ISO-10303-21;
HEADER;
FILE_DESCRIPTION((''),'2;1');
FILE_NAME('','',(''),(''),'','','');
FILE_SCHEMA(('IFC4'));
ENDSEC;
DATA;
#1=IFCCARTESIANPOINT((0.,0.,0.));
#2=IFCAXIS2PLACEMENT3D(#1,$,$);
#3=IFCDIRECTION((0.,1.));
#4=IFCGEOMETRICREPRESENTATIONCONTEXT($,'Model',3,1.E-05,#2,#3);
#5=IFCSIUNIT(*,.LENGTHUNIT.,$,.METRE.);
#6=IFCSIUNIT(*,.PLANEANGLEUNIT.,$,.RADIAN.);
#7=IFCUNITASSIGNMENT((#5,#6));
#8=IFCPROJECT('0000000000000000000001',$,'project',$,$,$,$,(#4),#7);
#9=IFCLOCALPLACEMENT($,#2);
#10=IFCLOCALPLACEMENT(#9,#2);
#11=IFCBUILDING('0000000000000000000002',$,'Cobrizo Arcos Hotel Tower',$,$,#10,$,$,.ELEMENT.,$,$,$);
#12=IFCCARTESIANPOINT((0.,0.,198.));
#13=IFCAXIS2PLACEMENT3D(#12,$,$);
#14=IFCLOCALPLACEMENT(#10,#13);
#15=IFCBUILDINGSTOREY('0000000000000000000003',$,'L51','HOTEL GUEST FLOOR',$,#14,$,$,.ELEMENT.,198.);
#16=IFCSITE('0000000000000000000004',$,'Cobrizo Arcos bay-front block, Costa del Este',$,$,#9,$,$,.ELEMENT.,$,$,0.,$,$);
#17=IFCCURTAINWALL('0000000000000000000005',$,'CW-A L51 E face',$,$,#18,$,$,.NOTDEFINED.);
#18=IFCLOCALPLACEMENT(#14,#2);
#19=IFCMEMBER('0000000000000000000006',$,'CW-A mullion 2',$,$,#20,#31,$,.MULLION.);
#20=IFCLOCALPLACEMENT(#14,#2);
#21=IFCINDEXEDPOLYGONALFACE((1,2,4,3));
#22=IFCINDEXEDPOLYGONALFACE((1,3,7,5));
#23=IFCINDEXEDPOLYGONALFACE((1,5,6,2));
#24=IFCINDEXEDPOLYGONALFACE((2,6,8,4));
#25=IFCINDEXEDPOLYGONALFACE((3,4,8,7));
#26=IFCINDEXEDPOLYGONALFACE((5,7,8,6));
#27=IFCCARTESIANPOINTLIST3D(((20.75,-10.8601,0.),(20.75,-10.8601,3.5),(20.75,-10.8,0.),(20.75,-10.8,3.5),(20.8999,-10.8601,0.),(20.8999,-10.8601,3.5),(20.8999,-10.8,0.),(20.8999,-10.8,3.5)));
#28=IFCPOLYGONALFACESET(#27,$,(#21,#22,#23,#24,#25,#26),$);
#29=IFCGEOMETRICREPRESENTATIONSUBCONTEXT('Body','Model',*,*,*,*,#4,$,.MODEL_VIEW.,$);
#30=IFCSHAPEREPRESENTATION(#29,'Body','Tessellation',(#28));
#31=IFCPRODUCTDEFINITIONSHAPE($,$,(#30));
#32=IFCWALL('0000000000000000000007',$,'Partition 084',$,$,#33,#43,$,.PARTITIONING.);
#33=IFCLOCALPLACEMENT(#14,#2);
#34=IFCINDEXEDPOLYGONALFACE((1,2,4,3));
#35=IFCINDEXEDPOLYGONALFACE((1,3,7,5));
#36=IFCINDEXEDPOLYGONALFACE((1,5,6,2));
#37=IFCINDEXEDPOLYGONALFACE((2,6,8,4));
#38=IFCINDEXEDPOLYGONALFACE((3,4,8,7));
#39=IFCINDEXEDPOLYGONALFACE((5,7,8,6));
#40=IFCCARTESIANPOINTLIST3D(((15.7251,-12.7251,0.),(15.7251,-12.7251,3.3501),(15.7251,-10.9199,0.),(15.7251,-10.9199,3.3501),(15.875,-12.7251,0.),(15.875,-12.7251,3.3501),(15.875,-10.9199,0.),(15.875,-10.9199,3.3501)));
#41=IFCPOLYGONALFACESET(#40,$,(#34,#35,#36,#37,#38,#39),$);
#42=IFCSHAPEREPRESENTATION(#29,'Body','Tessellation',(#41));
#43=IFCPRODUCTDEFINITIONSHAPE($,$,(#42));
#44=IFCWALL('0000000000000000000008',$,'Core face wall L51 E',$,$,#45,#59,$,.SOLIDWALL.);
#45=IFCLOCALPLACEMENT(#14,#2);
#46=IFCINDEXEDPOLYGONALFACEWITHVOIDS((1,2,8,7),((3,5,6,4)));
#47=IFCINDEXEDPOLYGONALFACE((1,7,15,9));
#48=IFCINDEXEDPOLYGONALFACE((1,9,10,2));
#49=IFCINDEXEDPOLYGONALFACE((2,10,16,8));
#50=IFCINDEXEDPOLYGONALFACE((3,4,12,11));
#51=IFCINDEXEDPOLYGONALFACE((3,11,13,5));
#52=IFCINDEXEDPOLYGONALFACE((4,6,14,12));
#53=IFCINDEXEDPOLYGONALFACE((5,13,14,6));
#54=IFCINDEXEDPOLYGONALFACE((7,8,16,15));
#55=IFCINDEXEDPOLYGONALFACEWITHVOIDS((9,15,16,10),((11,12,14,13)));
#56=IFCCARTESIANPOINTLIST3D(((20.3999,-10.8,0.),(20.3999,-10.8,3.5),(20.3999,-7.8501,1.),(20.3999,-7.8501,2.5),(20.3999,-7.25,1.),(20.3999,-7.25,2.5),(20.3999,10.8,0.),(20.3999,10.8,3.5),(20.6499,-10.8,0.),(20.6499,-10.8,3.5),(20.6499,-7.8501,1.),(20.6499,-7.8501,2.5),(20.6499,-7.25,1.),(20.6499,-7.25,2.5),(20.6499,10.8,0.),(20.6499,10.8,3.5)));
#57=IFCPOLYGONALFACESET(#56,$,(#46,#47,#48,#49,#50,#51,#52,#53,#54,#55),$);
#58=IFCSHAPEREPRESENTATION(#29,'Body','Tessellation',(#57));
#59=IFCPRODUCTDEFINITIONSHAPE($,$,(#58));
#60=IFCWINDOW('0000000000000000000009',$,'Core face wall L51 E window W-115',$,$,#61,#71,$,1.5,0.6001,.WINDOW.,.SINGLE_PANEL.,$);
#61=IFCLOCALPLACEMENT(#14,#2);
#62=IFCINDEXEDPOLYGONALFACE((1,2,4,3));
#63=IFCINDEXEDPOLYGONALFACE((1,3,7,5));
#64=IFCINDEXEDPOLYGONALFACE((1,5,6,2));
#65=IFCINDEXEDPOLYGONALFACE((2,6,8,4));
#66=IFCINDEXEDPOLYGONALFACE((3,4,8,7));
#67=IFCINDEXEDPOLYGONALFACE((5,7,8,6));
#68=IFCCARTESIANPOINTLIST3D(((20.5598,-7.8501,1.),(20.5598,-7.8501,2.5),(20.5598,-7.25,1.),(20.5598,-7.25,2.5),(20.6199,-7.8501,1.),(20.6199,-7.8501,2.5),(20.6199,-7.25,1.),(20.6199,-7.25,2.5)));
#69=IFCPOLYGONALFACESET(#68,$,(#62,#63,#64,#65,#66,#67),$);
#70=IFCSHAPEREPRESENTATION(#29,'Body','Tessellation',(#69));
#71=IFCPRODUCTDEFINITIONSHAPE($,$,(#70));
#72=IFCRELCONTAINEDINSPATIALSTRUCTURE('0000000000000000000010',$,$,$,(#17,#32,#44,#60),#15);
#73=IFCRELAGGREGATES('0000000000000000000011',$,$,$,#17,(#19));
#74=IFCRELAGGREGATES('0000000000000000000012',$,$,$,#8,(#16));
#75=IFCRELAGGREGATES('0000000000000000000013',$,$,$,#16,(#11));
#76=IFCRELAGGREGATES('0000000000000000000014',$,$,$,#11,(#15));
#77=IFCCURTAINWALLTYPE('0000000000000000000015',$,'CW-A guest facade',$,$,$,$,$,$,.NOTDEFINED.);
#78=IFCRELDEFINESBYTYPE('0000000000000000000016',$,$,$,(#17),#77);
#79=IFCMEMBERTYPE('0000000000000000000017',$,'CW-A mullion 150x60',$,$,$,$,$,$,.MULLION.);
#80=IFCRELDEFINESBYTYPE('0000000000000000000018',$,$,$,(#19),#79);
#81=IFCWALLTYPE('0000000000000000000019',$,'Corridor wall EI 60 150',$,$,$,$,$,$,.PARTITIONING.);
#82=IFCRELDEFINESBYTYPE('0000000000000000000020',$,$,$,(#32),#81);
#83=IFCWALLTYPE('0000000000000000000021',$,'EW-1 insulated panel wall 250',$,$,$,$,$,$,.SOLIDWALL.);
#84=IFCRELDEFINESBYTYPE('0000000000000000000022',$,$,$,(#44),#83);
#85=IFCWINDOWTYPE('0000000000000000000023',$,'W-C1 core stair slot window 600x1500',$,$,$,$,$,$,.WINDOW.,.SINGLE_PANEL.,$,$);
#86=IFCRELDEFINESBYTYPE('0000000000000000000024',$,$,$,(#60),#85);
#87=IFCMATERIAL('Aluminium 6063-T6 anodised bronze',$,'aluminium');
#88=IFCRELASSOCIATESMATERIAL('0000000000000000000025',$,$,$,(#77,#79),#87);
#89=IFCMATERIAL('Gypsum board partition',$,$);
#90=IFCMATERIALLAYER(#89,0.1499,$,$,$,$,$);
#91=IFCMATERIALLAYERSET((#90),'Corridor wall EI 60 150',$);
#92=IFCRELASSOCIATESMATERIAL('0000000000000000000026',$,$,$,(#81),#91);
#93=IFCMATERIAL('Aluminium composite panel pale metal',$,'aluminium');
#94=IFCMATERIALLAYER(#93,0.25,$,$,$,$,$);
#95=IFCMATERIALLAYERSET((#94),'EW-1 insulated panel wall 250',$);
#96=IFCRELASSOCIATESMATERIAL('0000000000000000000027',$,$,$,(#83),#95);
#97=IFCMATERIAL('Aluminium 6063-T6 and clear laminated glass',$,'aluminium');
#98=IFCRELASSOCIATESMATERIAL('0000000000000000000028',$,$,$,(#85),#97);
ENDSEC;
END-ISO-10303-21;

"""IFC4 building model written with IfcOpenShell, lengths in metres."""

from ifc_helpers import new_model, si_unit, direction, frame, frame_2d, origin, origin_2d, place, context, subcontext, project, spatial, rectangle, extrude, material, layer, layer_set, material_profile, profile_set, type_object, element, fill, aggregate, save


model = new_model("IFC4")

# Units and contexts
model_context = context("Model", 3, precision=1e-05, world=origin(), true_north=direction((0.0, 1.0)))
body_context = subcontext(model_context, "Body", "Model", "MODEL_VIEW")
ifc_project = project(units=[si_unit("LENGTHUNIT", "METRE"), si_unit("PLANEANGLEUNIT", "RADIAN")], contexts=[model_context])

# Site, building, storey
site_placement = place(None, origin())
site = spatial("IfcSite", under=ifc_project, at=site_placement, Name="Cobrizo Arcos bay-front block, Costa del Este", CompositionType="ELEMENT", RefElevation=0.0)
building_placement = place(site_placement, origin())
building = spatial("IfcBuilding", under=site, at=building_placement, Name="Cobrizo Arcos Hotel Tower", CompositionType="ELEMENT")
storey_placement = place(building_placement, frame((0.0, 0.0, 198.0)))
storey = spatial("IfcBuildingStorey", under=building, at=storey_placement, Name="L51", Description="HOTEL GUEST FLOOR", CompositionType="ELEMENT", Elevation=198.0)

# Curtain wall, member
ifc_material_1 = material(Name="Aluminium 6063-T6 anodised bronze", Category="aluminium")
curtain_wall_type = type_object("IfcCurtainWallType", Name="CW-A guest facade", PredefinedType="NOTDEFINED", material=ifc_material_1)
curtain_wall_placement = place(storey_placement, origin())
curtain_wall = element("IfcCurtainWall", 1, at=curtain_wall_placement, inside=storey, type_object=curtain_wall_type, Name="CW-A L51 E face", PredefinedType="NOTDEFINED")
ifc_material_profile = material_profile(ifc_material_1, rectangle(XDim=0.1499, YDim=0.0601, at=origin_2d()), Name="CW-A mullion 150x60")
ifc_profile_set = profile_set([ifc_material_profile], Name="Aluminium 6063-T6 anodised bronze")
member_type = type_object("IfcMemberType", Name="CW-A mullion 150x60", PredefinedType="MULLION", material=ifc_profile_set)
member_placement = place(storey_placement, frame((20.825, -10.8301, 0.0), z_axis=(0.0, 0.0, 1.0), x_axis=(1.0, 0.0, 0.0)))
member = element("IfcMember", 2, at=member_placement, type_object=member_type, Name="CW-A mullion 2", PredefinedType="MULLION", context=body_context, shape_type="SweptSolid", body=[
    extrude(rectangle(XDim=0.1499, YDim=0.0601, at=origin_2d()), origin(), (0.0, 0.0, 1.0), 3.5),
])
aggregate(curtain_wall, [member])

# Wall
ifc_material_2 = material(Name="Gypsum board partition")
ifc_layer_1 = layer(ifc_material_2, 0.1499)
ifc_layer_set_1 = layer_set([ifc_layer_1], Name="Corridor wall EI 60 150")
wall_type_1 = type_object("IfcWallType", Name="Corridor wall EI 60 150", PredefinedType="PARTITIONING", material=ifc_layer_set_1)
wall_1_placement = place(storey_placement, frame((15.8, -12.7251, 0.0), z_axis=(0.0, 0.0, 1.0), x_axis=(0.0, 1.0, 0.0)))
element("IfcWall", 3, at=wall_1_placement, inside=storey, type_object=wall_type_1, Name="Partition 084", PredefinedType="PARTITIONING", context=body_context, shape_type="SweptSolid", body=[
    extrude(rectangle(XDim=1.8052, YDim=0.1499, at=frame_2d((0.9026, 0.0))), origin(), (0.0, 0.0, 1.0), 3.3501),
])

# Wall, opening, window
ifc_material_3 = material(Name="Aluminium composite panel pale metal", Category="aluminium")
ifc_layer_2 = layer(ifc_material_3, 0.25)
ifc_layer_set_2 = layer_set([ifc_layer_2], Name="EW-1 insulated panel wall 250")
wall_type_2 = type_object("IfcWallType", Name="EW-1 insulated panel wall 250", PredefinedType="SOLIDWALL", material=ifc_layer_set_2)
wall_2_placement = place(storey_placement, frame((20.5249, -10.8, 0.0), z_axis=(0.0, 0.0, 1.0), x_axis=(0.0, 1.0, 0.0)))
wall_2 = element("IfcWall", 4, at=wall_2_placement, inside=storey, type_object=wall_type_2, Name="Core face wall L51 E", PredefinedType="SOLIDWALL", context=body_context, shape_type="SweptSolid", body=[
    extrude(rectangle(XDim=21.6001, YDim=0.25, at=frame_2d((10.8, 0.0))), origin(), (0.0, 0.0, 1.0), 3.5),
])
opening_1_placement = place(wall_2_placement, frame((2.95, 0.0, 1.0)))
opening_1 = element("IfcOpeningElement", 5, at=opening_1_placement, cuts=wall_2, PredefinedType="OPENING", context=body_context, shape_type="SweptSolid", body=[
    extrude(rectangle(XDim=0.6001, YDim=1.5, at=frame_2d((0.3, 0.75))), frame((0.0, 0.137, 0.0), z_axis=(0.0, -1.0, 0.0), x_axis=(1.0, 0.0, 0.0)), (0.0, 0.0, 1.0), 0.2739),
])
ifc_material_4 = material(Name="Aluminium 6063-T6 and clear laminated glass", Category="aluminium")
window_type = type_object("IfcWindowType", Name="W-C1 core stair slot window 600x1500", PartitioningType="SINGLE_PANEL", PredefinedType="WINDOW", material=ifc_material_4)
window_placement = place(opening_1_placement, origin())
window = element("IfcWindow", 6, at=window_placement, inside=storey, type_object=window_type, Name="Core face wall L51 E window W-115", OverallHeight=1.5, OverallWidth=0.6001, PartitioningType="SINGLE_PANEL", PredefinedType="WINDOW", context=body_context, shape_type="SweptSolid", body=[
    extrude(rectangle(XDim=0.6001, YDim=1.5, at=frame_2d((0.3, 0.75))), frame((0.0, -0.0349, 0.0), z_axis=(0.0, -1.0, 0.0), x_axis=(1.0, 0.0, 0.0)), (0.0, 0.0, 1.0), 0.0601),
])
fill(opening_1, window)

save(model, "model.ifc")
